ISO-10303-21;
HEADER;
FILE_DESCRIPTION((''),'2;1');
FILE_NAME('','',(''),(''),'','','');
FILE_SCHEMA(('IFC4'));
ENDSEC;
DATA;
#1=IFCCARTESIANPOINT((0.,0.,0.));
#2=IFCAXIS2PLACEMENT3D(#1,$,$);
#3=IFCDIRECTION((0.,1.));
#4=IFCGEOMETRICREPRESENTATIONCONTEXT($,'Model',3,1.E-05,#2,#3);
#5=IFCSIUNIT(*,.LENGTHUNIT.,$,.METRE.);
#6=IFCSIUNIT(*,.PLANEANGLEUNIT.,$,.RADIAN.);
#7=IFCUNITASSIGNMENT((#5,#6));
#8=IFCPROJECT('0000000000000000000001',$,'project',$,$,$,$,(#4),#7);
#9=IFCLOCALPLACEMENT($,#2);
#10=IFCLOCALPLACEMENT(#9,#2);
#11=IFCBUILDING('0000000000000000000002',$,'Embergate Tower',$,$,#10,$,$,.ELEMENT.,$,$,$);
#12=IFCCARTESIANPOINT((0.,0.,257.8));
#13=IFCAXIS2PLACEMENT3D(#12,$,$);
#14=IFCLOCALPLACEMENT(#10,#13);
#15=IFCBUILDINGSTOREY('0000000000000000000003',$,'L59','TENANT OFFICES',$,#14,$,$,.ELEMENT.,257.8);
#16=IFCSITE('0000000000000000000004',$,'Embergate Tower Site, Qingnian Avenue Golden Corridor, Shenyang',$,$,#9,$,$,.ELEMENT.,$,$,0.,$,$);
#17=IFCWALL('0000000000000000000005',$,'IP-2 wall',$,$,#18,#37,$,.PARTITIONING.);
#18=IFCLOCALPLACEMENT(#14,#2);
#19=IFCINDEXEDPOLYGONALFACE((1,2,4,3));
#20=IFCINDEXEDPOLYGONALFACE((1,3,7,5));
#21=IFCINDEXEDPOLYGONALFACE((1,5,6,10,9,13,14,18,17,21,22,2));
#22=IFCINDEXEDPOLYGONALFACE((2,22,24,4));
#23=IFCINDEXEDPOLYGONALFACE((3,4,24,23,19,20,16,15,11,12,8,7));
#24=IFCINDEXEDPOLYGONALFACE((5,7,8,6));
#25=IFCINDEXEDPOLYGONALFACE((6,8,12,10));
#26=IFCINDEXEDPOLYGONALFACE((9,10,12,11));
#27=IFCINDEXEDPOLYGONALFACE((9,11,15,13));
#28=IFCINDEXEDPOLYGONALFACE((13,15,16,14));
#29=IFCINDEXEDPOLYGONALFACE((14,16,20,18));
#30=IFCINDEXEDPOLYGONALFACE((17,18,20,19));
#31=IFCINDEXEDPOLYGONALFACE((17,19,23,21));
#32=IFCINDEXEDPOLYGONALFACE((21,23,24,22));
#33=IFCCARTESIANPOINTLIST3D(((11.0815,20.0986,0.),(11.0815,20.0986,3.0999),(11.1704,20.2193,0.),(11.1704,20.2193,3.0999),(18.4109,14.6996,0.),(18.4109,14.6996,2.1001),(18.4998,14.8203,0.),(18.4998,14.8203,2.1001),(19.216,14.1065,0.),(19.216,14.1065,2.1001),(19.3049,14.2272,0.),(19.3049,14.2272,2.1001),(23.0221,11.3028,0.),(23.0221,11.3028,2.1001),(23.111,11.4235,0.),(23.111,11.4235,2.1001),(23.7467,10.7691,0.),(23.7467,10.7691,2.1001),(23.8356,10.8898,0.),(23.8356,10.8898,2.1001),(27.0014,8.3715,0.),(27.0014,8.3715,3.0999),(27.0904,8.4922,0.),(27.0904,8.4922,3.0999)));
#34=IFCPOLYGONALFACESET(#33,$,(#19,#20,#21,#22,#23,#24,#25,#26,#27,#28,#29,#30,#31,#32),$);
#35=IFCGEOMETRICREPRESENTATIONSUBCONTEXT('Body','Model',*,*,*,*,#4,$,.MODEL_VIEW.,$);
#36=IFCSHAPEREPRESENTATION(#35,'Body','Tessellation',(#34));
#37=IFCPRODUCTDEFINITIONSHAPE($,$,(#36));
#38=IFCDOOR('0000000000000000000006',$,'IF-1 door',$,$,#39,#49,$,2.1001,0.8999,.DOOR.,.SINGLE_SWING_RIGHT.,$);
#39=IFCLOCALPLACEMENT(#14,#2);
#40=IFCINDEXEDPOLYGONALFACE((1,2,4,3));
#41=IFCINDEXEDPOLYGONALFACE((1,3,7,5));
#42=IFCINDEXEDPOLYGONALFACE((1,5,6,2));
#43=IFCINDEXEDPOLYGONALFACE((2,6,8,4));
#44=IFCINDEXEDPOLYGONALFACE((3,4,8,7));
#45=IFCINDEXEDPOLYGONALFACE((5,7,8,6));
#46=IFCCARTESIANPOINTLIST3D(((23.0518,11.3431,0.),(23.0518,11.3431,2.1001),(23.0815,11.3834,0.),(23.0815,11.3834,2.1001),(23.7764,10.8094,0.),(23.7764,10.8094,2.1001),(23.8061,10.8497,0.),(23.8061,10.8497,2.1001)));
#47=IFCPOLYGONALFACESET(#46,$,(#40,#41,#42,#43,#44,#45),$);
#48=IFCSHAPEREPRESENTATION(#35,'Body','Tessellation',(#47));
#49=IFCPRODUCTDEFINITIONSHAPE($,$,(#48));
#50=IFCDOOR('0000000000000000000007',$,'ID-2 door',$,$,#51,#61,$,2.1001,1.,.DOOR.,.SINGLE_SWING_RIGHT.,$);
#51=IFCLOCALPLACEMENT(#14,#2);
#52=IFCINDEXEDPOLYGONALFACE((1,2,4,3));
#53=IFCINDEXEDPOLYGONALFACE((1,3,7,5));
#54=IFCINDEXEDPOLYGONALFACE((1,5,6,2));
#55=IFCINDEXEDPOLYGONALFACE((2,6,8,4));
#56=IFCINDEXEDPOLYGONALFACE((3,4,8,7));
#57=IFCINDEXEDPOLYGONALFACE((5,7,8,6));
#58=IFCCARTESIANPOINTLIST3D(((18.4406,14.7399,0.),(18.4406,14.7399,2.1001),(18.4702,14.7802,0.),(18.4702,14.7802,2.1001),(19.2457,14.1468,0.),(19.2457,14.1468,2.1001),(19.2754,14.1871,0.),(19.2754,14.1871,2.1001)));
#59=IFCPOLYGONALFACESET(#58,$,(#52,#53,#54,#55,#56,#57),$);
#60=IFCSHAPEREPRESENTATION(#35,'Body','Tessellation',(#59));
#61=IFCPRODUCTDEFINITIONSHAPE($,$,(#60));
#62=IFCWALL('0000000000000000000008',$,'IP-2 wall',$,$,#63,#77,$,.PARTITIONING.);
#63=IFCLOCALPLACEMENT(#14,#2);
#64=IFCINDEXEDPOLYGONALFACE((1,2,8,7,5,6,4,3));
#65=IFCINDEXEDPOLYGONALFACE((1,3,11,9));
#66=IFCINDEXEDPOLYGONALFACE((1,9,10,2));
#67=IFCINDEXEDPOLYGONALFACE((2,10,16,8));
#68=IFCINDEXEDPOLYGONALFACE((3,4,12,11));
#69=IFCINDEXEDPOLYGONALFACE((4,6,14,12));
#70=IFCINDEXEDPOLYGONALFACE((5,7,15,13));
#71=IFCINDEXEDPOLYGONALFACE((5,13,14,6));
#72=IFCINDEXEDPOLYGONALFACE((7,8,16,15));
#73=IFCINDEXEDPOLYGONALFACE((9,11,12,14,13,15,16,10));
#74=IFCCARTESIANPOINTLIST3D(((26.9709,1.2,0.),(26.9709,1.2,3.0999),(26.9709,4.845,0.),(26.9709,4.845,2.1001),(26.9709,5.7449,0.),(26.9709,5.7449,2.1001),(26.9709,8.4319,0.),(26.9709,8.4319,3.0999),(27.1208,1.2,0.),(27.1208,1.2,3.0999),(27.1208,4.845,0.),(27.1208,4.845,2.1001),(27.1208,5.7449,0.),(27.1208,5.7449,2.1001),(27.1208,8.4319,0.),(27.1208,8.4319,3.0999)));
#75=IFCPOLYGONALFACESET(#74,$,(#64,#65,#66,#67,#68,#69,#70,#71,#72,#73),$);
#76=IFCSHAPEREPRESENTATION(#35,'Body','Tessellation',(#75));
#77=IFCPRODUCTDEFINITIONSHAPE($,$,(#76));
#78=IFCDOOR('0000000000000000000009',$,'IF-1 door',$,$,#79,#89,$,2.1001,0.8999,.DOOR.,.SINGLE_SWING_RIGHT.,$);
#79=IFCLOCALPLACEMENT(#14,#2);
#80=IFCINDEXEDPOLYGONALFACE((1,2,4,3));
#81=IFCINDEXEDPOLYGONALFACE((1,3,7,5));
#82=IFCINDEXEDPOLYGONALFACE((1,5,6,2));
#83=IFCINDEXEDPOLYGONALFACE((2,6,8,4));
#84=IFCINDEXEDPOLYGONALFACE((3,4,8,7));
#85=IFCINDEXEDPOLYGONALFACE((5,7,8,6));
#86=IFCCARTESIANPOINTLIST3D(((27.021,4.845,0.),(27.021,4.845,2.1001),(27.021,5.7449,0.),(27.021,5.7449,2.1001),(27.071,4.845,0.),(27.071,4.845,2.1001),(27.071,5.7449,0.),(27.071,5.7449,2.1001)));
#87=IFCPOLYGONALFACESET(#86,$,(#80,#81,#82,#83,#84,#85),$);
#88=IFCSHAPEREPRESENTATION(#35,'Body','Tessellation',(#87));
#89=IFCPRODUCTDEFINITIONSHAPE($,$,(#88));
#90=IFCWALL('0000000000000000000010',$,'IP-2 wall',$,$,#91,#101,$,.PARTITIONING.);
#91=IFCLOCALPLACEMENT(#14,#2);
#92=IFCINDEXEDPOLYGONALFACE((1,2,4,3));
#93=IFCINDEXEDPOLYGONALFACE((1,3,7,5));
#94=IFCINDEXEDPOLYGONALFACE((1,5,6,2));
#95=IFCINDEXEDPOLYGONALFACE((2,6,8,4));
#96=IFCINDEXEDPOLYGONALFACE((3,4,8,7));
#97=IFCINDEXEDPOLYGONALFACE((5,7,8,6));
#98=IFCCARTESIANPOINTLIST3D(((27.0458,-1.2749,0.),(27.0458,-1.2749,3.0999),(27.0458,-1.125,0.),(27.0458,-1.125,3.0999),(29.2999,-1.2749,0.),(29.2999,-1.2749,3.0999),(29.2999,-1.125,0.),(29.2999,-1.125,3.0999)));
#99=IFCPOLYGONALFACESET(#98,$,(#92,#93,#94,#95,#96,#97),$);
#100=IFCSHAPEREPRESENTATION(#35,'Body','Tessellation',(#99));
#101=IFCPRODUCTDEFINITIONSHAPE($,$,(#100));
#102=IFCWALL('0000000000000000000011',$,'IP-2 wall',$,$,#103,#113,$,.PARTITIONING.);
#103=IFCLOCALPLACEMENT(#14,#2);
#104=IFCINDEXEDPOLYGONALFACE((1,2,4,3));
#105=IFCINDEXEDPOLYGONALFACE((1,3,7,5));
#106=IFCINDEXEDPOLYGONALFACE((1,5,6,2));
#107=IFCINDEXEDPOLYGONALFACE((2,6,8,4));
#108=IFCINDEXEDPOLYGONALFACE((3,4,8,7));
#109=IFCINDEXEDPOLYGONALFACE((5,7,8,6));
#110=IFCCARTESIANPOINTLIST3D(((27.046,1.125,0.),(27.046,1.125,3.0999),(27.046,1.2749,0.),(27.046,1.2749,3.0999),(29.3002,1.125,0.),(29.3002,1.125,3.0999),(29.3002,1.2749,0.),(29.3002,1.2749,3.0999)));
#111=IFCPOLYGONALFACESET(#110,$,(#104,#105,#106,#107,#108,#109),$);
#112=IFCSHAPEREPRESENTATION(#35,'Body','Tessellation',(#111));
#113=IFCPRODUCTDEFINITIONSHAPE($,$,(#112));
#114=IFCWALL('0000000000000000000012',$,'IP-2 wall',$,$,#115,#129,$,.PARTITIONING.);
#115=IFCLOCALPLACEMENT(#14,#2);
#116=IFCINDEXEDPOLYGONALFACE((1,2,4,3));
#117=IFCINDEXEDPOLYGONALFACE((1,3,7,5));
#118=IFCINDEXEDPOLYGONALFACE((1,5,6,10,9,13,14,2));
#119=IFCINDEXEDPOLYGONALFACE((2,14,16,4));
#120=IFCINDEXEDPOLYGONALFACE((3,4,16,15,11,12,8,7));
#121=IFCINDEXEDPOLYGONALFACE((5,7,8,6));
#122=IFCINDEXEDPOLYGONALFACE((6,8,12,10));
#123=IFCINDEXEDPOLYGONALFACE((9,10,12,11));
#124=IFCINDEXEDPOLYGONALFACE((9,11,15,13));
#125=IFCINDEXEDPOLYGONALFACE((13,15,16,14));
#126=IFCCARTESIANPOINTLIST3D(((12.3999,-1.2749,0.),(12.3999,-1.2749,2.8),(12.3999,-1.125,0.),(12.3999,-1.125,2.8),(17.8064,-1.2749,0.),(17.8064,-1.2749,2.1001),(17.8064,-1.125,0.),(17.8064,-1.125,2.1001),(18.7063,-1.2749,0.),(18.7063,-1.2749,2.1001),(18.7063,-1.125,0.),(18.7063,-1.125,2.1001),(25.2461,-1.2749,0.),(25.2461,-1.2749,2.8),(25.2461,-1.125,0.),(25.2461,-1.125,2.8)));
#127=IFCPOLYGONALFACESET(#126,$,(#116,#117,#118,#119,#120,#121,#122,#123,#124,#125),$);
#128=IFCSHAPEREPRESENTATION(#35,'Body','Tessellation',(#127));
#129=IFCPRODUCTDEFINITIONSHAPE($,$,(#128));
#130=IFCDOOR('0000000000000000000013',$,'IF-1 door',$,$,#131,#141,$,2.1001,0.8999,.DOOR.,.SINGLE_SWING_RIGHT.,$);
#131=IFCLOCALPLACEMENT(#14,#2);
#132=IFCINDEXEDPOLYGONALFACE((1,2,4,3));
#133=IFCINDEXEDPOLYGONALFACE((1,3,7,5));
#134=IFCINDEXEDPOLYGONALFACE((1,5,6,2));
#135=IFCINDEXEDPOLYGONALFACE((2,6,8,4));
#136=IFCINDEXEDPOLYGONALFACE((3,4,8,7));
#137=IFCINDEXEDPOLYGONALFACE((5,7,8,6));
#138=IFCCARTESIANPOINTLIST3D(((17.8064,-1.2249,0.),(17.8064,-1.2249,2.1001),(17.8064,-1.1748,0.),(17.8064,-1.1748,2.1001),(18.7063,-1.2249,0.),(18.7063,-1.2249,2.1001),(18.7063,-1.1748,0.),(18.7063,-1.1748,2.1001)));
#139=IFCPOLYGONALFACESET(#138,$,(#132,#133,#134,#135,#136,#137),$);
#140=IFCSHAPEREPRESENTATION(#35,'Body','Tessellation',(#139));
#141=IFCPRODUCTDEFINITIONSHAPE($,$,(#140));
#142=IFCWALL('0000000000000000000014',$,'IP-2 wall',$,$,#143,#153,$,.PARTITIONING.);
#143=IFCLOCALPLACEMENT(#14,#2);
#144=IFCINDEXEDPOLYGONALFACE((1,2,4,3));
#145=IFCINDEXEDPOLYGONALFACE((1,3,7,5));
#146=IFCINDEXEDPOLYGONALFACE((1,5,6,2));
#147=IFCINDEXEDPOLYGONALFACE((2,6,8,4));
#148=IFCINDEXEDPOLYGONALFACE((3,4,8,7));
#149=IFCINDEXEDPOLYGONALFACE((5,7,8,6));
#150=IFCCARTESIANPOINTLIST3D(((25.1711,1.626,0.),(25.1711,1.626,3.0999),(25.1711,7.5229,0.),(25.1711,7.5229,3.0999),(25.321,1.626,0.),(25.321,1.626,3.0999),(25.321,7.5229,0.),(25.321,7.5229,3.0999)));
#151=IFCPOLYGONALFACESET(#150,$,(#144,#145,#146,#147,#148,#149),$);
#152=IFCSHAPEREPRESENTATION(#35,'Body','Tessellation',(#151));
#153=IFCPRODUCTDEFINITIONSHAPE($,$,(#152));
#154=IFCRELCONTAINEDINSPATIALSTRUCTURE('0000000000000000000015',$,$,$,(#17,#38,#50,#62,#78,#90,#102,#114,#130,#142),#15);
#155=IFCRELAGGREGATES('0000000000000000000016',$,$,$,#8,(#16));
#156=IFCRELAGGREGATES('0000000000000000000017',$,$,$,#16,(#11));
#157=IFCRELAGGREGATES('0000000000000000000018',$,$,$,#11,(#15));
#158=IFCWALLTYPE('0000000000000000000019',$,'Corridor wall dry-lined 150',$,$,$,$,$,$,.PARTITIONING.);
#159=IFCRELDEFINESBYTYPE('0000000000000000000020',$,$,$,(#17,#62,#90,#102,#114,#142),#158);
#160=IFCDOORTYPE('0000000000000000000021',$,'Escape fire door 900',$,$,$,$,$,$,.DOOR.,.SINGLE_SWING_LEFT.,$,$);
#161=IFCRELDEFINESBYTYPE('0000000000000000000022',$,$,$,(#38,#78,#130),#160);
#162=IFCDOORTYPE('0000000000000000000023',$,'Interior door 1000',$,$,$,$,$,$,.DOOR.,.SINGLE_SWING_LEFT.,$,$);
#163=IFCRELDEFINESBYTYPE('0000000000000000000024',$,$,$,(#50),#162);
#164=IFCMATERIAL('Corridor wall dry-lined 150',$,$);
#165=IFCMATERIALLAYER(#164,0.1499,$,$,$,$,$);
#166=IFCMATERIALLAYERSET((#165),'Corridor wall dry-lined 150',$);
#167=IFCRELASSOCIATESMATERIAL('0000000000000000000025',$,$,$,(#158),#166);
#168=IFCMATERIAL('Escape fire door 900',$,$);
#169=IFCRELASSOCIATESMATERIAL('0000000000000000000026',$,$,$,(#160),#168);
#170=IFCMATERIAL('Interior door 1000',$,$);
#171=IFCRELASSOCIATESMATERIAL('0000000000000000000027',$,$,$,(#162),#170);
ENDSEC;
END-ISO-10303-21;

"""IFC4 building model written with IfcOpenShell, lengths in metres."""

from ifc_helpers import new_model, si_unit, direction, frame, frame_2d, origin, place, context, subcontext, project, spatial, rectangle, extrude, source, transform, mapped, material, layer, layer_set, type_object, element, fill, save


model = new_model("IFC4")

# Units and contexts
model_context = context("Model", 3, precision=1e-05, world=origin(), true_north=direction((0.0, 1.0)))
body_context = subcontext(model_context, "Body", "Model", "MODEL_VIEW")
ifc_project = project(units=[si_unit("LENGTHUNIT", "METRE"), si_unit("PLANEANGLEUNIT", "RADIAN")], contexts=[model_context])

# Site, building, storey
site_placement = place(None, origin())
site = spatial("IfcSite", under=ifc_project, at=site_placement, Name="Embergate Tower Site, Qingnian Avenue Golden Corridor, Shenyang", CompositionType="ELEMENT", RefElevation=0.0)
building_placement = place(site_placement, origin())
building = spatial("IfcBuilding", under=site, at=building_placement, Name="Embergate Tower", CompositionType="ELEMENT")
storey_placement = place(building_placement, frame((0.0, 0.0, 257.8)))
storey = spatial("IfcBuildingStorey", under=building, at=storey_placement, Name="L59", Description="TENANT OFFICES", CompositionType="ELEMENT", Elevation=257.8)

# Shared definitions
ifc_material_1 = material(Name="Corridor wall dry-lined 150")
ifc_layer_1 = layer(ifc_material_1, 0.1499)
ifc_layer_set_1 = layer_set([ifc_layer_1], Name="Corridor wall dry-lined 150")
wall_type_1 = type_object("IfcWallType", Name="Corridor wall dry-lined 150", PredefinedType="PARTITIONING", material=ifc_layer_set_1)

# Wall, openings, doors
shared_shape_1 = source(origin(), body_context, "Body", "SweptSolid", [
    extrude(rectangle(XDim=19.7729, YDim=0.1499, at=frame_2d((9.8865, 0.0))), origin(), (0.0, 0.0, 1.0), 3.0999),
])
wall_1_placement = place(storey_placement, frame((27.0459, 8.4319, 0.0), z_axis=(0.0, 0.0, 1.0), x_axis=(-0.805138, 0.593087, 0.0)))
wall_1 = element("IfcWall", 1, at=wall_1_placement, inside=storey, type_object=wall_type_1, Name="IP-2 wall", PredefinedType="PARTITIONING", context=body_context, shape_type="MappedRepresentation", body=[
    mapped(shared_shape_1, transform((0.0, 0.0, 0.0))),
])
shared_shape_2 = source(origin(), body_context, "Body", "SweptSolid", [
    extrude(rectangle(XDim=0.8999, YDim=2.1001, at=frame_2d((0.45, 1.05))), frame((0.0, 0.085, 0.0), z_axis=(0.0, -1.0, 0.0), x_axis=(1.0, 0.0, 0.0)), (0.0, 0.0, 1.0), 0.1699),
])
opening_1_placement = place(wall_1_placement, frame((4.0425, 0.0, 0.0)))
opening_1 = element("IfcOpeningElement", 2, at=opening_1_placement, cuts=wall_1, PredefinedType="OPENING", context=body_context, shape_type="MappedRepresentation", body=[
    mapped(shared_shape_2, transform((0.0, 0.0, 0.0))),
])
shared_shape_3 = source(origin(), body_context, "Body", "SweptSolid", [
    extrude(rectangle(XDim=1.0, YDim=2.1001, at=frame_2d((0.5, 1.05))), frame((0.0, 0.085, 0.0), z_axis=(0.0, -1.0, 0.0), x_axis=(1.0, 0.0, 0.0)), (0.0, 0.0, 1.0), 0.1699),
])
opening_2_placement = place(wall_1_placement, frame((9.6697, 0.0, 0.0)))
opening_2 = element("IfcOpeningElement", 3, at=opening_2_placement, cuts=wall_1, PredefinedType="OPENING", context=body_context, shape_type="MappedRepresentation", body=[
    mapped(shared_shape_3, transform((0.0, 0.0, 0.0))),
])
ifc_material_2 = material(Name="Escape fire door 900")
door_type_1 = type_object("IfcDoorType", Name="Escape fire door 900", OperationType="SINGLE_SWING_LEFT", PredefinedType="DOOR", material=ifc_material_2)
shared_shape_4 = source(origin(), body_context, "Body", "SweptSolid", [
    extrude(rectangle(XDim=0.8999, YDim=2.1001, at=frame_2d((0.45, 1.05))), frame((0.0, 0.0249, 0.0), z_axis=(0.0, -1.0, 0.0), x_axis=(1.0, 0.0, 0.0)), (0.0, 0.0, 1.0), 0.05),
])
door_1_placement = place(opening_1_placement, origin())
door_1 = element("IfcDoor", 4, at=door_1_placement, inside=storey, type_object=door_type_1, Name="IF-1 door", OperationType="SINGLE_SWING_RIGHT", OverallHeight=2.1001, OverallWidth=0.8999, PredefinedType="DOOR", context=body_context, shape_type="MappedRepresentation", body=[
    mapped(shared_shape_4, transform((0.0, 0.0, 0.0))),
])
fill(opening_1, door_1)
ifc_material_3 = material(Name="Interior door 1000")
door_type_2 = type_object("IfcDoorType", Name="Interior door 1000", OperationType="SINGLE_SWING_LEFT", PredefinedType="DOOR", material=ifc_material_3)
shared_shape_5 = source(origin(), body_context, "Body", "SweptSolid", [
    extrude(rectangle(XDim=1.0, YDim=2.1001, at=frame_2d((0.5, 1.05))), frame((0.0, 0.0249, 0.0), z_axis=(0.0, -1.0, 0.0), x_axis=(1.0, 0.0, 0.0)), (0.0, 0.0, 1.0), 0.05),
])
door_2_placement = place(opening_2_placement, origin())
door_2 = element("IfcDoor", 5, at=door_2_placement, inside=storey, type_object=door_type_2, Name="ID-2 door", OperationType="SINGLE_SWING_RIGHT", OverallHeight=2.1001, OverallWidth=1.0, PredefinedType="DOOR", context=body_context, shape_type="MappedRepresentation", body=[
    mapped(shared_shape_5, transform((0.0, 0.0, 0.0))),
])
fill(opening_2, door_2)

# Wall, opening, door
shared_shape_6 = source(origin(), body_context, "Body", "SweptSolid", [
    extrude(rectangle(XDim=7.2319, YDim=0.1499, at=frame_2d((3.616, 0.0))), origin(), (0.0, 0.0, 1.0), 3.0999),
])
wall_2_placement = place(storey_placement, frame((27.0459, 1.2, 0.0), z_axis=(0.0, 0.0, 1.0), x_axis=(0.0, 1.0, 0.0)))
wall_2 = element("IfcWall", 6, at=wall_2_placement, inside=storey, type_object=wall_type_1, Name="IP-2 wall", PredefinedType="PARTITIONING", context=body_context, shape_type="MappedRepresentation", body=[
    mapped(shared_shape_6, transform((0.0, 0.0, 0.0))),
])
opening_3_placement = place(wall_2_placement, frame((3.645, 0.0, 0.0)))
opening_3 = element("IfcOpeningElement", 7, at=opening_3_placement, cuts=wall_2, PredefinedType="OPENING", context=body_context, shape_type="MappedRepresentation", body=[
    mapped(shared_shape_2, transform((0.0, 0.0, 0.0))),
])
door_3_placement = place(opening_3_placement, origin())
door_3 = element("IfcDoor", 8, at=door_3_placement, inside=storey, type_object=door_type_1, Name="IF-1 door", OperationType="SINGLE_SWING_RIGHT", OverallHeight=2.1001, OverallWidth=0.8999, PredefinedType="DOOR", context=body_context, shape_type="MappedRepresentation", body=[
    mapped(shared_shape_4, transform((0.0, 0.0, 0.0))),
])
fill(opening_3, door_3)

# Walls
shared_shape_7 = source(origin(), body_context, "Body", "SweptSolid", [
    extrude(rectangle(XDim=2.2542, YDim=0.1499, at=frame_2d((1.127, 0.0))), origin(), (0.0, 0.0, 1.0), 3.0999),
])
for number, where, z_axis, x_axis, name in (
    (9, (27.0459, -1.2, 0.0), (0.0, 0.0, 1.0), (1.0, 0.0, 0.0), "IP-2 wall"),
    (10, (29.3, 1.2, 0.0), (0.0, 0.0, 1.0), (-1.0, 0.0, 0.0), "IP-2 wall"),
):
    element("IfcWall", number, at=place(storey_placement, frame(where, z_axis=z_axis, x_axis=x_axis)), inside=storey, type_object=wall_type_1, Name=name, PredefinedType="PARTITIONING", context=body_context, shape_type="MappedRepresentation", body=[
        mapped(shared_shape_7, transform((0.0, 0.0, 0.0))),
    ])

# Wall, opening, door
shared_shape_8 = source(origin(), body_context, "Body", "SweptSolid", [
    extrude(rectangle(XDim=12.8462, YDim=0.1499, at=frame_2d((6.4231, 0.0))), origin(), (0.0, 0.0, 1.0), 2.8),
])
wall_3_placement = place(storey_placement, frame((25.2461, -1.2, 0.0), z_axis=(0.0, 0.0, 1.0), x_axis=(-1.0, 0.0, 0.0)))
wall_3 = element("IfcWall", 11, at=wall_3_placement, inside=storey, type_object=wall_type_1, Name="IP-2 wall", PredefinedType="PARTITIONING", context=body_context, shape_type="MappedRepresentation", body=[
    mapped(shared_shape_8, transform((0.0, 0.0, 0.0))),
])
opening_4_placement = place(wall_3_placement, frame((6.5398, 0.0, 0.0)))
opening_4 = element("IfcOpeningElement", 12, at=opening_4_placement, cuts=wall_3, PredefinedType="OPENING", context=body_context, shape_type="MappedRepresentation", body=[
    mapped(shared_shape_2, transform((0.0, 0.0, 0.0))),
])
door_4_placement = place(opening_4_placement, origin())
door_4 = element("IfcDoor", 13, at=door_4_placement, inside=storey, type_object=door_type_1, Name="IF-1 door", OperationType="SINGLE_SWING_RIGHT", OverallHeight=2.1001, OverallWidth=0.8999, PredefinedType="DOOR", context=body_context, shape_type="MappedRepresentation", body=[
    mapped(shared_shape_4, transform((0.0, 0.0, 0.0))),
])
fill(opening_4, door_4)

# Wall
shared_shape_9 = source(origin(), body_context, "Body", "SweptSolid", [
    extrude(rectangle(XDim=5.897, YDim=0.1499, at=frame_2d((2.9485, 0.0))), origin(), (0.0, 0.0, 1.0), 3.0999),
])
wall_4_placement = place(storey_placement, frame((25.2461, 7.5229, 0.0), z_axis=(0.0, 0.0, 1.0), x_axis=(0.0, -1.0, 0.0)))
element("IfcWall", 14, at=wall_4_placement, inside=storey, type_object=wall_type_1, Name="IP-2 wall", PredefinedType="PARTITIONING", context=body_context, shape_type="MappedRepresentation", body=[
    mapped(shared_shape_9, transform((0.0, 0.0, 0.0))),
])

save(model, "model.ifc")
